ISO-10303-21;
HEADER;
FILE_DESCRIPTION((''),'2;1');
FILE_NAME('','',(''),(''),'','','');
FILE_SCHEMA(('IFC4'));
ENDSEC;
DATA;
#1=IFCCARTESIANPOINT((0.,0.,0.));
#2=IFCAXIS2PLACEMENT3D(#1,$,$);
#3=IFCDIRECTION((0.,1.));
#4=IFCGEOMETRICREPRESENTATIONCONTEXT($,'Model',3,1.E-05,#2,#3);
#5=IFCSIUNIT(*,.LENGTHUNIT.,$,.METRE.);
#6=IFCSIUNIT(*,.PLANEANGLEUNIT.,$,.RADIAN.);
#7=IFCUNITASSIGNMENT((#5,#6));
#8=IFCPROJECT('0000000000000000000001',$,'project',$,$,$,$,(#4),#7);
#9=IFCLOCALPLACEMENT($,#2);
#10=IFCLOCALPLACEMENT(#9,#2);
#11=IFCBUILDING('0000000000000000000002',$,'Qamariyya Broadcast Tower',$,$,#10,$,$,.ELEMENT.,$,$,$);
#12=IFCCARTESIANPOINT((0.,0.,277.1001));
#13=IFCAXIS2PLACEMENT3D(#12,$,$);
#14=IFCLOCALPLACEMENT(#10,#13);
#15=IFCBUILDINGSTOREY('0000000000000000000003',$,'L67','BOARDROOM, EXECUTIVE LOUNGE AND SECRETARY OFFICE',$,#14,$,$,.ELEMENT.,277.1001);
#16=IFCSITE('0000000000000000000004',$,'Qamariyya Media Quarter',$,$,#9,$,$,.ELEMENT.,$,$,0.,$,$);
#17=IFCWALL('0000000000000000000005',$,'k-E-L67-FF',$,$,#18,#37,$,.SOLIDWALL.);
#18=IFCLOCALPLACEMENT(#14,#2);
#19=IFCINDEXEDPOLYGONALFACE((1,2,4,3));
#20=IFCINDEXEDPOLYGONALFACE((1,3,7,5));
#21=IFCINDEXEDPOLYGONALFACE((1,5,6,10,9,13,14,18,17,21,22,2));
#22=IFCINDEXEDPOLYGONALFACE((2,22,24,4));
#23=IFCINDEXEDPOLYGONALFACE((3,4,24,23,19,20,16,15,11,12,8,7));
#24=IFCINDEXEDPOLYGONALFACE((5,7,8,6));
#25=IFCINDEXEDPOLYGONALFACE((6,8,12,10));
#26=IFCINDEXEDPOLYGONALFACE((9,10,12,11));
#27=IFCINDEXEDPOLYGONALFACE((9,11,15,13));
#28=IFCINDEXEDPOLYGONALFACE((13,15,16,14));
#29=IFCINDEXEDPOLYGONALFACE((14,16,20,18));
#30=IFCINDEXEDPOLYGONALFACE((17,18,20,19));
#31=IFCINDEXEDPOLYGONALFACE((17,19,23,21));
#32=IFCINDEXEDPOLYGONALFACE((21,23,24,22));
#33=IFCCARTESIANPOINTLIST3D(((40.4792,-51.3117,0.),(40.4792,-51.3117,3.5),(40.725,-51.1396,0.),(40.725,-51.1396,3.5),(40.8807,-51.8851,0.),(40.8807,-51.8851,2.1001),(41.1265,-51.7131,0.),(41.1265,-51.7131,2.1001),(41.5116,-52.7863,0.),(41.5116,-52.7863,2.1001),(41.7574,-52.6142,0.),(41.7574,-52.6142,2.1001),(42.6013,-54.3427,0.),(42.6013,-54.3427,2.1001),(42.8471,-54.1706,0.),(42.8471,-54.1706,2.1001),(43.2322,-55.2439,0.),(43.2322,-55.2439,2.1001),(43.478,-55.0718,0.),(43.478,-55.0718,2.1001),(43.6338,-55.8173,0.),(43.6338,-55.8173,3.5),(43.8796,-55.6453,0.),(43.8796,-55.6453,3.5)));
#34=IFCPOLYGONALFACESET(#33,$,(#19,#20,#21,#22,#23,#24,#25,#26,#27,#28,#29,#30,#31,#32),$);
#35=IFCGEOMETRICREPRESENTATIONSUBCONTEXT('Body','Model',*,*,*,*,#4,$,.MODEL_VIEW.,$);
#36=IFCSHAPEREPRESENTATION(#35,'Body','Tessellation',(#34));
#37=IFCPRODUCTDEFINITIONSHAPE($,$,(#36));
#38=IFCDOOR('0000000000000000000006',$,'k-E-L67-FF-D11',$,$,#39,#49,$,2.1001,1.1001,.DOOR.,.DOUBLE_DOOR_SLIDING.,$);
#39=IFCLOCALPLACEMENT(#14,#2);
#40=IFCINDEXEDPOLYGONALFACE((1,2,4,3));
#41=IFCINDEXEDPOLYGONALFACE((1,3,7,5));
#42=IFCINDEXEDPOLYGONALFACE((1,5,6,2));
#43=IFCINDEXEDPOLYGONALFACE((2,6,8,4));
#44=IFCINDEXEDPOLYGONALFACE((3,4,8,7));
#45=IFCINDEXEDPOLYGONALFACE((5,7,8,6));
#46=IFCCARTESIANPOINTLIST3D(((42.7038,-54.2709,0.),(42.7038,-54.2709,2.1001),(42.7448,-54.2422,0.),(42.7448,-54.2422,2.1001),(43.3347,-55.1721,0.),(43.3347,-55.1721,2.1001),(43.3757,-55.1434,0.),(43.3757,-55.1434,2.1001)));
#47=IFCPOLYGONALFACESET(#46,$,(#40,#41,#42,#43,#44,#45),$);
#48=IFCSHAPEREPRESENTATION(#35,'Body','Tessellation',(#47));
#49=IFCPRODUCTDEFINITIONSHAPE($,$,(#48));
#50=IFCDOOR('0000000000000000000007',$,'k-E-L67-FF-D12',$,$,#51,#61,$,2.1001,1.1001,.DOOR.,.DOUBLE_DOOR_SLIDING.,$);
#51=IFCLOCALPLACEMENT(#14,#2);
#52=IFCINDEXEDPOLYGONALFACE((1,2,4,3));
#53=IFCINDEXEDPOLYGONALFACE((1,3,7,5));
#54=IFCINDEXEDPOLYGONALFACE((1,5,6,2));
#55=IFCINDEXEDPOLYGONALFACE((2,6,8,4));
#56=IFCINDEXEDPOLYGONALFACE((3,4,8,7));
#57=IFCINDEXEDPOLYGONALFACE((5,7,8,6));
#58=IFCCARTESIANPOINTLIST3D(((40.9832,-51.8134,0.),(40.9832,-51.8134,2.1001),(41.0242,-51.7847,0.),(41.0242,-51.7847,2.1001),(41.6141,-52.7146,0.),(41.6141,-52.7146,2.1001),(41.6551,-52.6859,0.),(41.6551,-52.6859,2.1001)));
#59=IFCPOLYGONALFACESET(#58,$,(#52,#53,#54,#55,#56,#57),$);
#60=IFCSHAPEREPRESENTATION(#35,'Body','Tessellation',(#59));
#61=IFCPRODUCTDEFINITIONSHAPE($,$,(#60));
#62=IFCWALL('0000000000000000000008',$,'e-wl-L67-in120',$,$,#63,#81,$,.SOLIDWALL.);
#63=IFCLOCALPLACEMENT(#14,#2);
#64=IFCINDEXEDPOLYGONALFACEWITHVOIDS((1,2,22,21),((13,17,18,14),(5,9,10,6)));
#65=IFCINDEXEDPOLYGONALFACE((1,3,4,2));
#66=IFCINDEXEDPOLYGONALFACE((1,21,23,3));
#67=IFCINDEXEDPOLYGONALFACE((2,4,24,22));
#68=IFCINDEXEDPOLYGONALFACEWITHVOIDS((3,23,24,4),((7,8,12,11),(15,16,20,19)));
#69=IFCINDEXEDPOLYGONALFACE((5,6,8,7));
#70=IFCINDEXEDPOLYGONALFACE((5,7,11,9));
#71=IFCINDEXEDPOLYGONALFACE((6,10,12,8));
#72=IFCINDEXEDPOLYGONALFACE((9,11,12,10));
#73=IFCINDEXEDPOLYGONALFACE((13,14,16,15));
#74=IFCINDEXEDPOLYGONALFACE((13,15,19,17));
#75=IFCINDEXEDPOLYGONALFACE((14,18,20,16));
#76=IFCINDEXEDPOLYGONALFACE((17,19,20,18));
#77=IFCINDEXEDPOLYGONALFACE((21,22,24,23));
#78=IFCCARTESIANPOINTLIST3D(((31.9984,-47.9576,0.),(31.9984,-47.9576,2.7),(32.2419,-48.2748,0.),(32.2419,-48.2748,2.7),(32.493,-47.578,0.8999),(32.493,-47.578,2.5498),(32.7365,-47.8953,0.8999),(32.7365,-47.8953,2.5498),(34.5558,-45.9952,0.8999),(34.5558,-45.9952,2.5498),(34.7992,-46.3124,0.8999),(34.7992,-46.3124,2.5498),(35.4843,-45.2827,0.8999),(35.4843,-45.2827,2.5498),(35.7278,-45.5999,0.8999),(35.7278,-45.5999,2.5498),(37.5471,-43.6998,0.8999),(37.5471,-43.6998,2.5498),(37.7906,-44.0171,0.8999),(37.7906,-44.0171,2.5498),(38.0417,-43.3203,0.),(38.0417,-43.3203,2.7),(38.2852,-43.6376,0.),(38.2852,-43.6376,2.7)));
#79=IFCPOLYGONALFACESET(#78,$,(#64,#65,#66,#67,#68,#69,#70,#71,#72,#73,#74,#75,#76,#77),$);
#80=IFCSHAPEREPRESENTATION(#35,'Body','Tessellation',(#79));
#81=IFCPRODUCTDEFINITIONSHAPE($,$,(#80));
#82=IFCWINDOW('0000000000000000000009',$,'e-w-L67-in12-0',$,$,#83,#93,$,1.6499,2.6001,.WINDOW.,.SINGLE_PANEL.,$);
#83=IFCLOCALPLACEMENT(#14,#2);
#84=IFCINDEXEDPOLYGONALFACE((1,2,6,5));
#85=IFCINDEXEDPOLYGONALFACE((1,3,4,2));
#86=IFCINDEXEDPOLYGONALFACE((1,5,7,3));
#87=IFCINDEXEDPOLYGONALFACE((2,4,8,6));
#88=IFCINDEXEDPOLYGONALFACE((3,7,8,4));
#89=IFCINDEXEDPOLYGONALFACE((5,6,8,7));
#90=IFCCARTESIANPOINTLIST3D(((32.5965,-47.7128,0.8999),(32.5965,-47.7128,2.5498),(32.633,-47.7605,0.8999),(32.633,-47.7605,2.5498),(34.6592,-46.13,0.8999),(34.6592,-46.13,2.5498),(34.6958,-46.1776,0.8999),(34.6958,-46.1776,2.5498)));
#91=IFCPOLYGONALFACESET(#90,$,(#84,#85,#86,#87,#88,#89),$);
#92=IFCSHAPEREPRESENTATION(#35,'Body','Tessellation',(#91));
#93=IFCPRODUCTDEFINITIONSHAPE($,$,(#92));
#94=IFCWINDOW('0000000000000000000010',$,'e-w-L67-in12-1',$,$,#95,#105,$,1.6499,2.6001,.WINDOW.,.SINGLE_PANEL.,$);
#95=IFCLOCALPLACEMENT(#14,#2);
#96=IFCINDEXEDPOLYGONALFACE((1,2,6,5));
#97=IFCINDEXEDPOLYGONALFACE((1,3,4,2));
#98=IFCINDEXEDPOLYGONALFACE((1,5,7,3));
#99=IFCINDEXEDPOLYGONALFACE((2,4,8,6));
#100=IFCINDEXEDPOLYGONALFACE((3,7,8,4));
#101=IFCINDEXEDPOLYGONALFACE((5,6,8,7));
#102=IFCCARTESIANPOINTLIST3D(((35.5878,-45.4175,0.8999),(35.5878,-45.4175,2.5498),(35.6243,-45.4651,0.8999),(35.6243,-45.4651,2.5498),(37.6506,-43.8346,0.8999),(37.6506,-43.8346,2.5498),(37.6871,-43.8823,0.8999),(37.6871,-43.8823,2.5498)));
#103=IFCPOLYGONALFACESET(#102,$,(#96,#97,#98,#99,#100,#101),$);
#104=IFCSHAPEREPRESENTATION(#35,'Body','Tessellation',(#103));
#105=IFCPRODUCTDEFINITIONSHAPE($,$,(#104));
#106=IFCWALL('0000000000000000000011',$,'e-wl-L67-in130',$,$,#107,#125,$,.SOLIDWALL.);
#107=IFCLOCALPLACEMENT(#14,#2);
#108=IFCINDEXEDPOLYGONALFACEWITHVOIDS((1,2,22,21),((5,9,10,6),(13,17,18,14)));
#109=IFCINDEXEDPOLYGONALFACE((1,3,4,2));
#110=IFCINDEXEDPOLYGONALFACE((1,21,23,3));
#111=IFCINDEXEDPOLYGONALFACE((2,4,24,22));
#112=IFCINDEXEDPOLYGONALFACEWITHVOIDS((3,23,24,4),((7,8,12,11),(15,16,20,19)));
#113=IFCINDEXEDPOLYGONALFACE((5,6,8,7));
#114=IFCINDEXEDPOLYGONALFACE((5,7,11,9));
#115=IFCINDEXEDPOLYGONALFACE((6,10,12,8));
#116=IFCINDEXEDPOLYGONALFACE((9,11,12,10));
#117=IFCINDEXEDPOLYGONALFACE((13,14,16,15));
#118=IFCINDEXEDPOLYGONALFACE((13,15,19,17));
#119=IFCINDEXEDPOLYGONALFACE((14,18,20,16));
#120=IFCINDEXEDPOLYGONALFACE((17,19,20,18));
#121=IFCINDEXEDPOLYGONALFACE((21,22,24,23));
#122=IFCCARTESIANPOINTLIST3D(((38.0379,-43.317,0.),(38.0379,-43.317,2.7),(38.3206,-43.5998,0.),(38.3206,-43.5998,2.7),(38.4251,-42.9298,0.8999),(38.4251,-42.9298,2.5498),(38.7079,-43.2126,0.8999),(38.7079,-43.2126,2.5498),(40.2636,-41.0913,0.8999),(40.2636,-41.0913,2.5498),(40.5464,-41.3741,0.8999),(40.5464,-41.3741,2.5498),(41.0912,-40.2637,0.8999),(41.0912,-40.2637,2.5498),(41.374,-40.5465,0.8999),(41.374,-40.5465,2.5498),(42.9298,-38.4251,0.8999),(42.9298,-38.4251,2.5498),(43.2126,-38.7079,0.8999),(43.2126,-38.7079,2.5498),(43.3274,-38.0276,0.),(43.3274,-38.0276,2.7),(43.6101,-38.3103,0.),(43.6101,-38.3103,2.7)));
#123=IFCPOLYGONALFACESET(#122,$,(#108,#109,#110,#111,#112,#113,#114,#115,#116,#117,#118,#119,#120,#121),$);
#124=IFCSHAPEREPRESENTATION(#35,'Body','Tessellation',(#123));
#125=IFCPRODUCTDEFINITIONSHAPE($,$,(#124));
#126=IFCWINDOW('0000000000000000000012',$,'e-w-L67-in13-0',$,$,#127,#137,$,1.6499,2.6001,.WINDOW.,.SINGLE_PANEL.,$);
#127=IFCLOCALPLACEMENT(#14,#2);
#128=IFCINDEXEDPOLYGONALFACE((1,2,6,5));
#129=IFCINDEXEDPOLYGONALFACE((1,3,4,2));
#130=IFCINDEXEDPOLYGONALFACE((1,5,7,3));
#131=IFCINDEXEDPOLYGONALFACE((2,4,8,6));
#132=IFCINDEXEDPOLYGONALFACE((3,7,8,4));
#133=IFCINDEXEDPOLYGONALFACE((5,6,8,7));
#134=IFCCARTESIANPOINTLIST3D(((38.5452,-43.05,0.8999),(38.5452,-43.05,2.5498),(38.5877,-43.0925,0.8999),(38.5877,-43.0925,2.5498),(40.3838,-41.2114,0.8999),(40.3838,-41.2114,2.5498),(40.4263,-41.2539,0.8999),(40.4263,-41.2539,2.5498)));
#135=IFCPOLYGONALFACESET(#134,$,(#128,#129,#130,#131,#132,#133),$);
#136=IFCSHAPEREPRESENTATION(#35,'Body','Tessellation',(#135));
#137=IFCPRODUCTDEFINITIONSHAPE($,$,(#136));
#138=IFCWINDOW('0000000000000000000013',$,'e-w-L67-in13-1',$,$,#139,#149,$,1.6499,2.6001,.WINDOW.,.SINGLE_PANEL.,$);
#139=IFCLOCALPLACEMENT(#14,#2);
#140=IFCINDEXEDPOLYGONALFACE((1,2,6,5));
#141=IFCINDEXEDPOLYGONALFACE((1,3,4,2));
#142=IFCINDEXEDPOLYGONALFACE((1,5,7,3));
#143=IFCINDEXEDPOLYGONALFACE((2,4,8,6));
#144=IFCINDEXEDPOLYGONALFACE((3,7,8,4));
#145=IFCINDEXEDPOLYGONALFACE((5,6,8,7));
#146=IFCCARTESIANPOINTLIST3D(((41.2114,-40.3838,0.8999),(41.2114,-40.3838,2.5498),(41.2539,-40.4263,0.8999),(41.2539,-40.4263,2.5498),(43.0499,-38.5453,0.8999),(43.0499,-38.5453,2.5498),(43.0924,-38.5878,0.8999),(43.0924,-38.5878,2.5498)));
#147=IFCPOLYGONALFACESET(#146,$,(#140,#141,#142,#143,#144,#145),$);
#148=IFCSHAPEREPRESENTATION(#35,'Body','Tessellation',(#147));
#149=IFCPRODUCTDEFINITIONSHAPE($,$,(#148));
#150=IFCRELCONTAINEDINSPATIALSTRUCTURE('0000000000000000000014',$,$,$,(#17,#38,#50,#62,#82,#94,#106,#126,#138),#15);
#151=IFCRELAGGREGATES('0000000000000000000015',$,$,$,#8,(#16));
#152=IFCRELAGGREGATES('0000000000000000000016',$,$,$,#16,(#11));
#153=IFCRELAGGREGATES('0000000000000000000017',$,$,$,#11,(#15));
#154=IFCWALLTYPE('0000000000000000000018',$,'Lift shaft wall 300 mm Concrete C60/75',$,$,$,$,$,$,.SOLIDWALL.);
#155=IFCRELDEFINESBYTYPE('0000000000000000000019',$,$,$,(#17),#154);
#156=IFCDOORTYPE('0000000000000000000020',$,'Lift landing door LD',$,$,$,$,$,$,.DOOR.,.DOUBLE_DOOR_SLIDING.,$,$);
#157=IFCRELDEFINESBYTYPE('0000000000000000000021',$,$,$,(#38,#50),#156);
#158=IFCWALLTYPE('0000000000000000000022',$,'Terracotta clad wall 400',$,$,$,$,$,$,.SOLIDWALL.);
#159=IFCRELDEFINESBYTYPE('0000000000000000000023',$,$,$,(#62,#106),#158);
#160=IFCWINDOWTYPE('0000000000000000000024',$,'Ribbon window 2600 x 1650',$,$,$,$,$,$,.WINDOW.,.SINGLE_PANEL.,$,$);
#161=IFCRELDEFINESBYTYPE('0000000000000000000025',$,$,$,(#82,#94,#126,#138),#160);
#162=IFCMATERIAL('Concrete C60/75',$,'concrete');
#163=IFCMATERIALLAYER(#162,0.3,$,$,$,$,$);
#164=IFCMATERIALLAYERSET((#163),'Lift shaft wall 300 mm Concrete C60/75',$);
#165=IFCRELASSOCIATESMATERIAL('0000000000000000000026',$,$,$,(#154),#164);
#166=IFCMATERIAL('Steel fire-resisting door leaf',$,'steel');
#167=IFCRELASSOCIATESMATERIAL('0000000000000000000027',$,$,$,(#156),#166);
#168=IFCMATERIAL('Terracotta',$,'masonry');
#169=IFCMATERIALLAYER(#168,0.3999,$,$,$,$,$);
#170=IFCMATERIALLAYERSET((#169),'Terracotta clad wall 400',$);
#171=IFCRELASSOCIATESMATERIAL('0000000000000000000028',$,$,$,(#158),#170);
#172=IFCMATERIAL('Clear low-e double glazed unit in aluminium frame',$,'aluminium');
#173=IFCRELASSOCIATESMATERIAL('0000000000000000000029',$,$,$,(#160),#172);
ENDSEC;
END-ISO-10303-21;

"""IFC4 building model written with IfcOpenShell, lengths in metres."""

from ifc_helpers import new_model, si_unit, direction, frame, frame_2d, origin, place, context, subcontext, project, spatial, rectangle, extrude, material, layer, layer_set, type_object, element, fill, save


model = new_model("IFC4")

# Units and contexts
model_context = context("Model", 3, precision=1e-05, world=origin(), true_north=direction((0.0, 1.0)))
body_context = subcontext(model_context, "Body", "Model", "MODEL_VIEW")
ifc_project = project(units=[si_unit("LENGTHUNIT", "METRE"), si_unit("PLANEANGLEUNIT", "RADIAN")], contexts=[model_context])

# Site, building, storey
site_placement = place(None, origin())
site = spatial("IfcSite", under=ifc_project, at=site_placement, Name="Qamariyya Media Quarter", CompositionType="ELEMENT", RefElevation=0.0)
building_placement = place(site_placement, origin())
building = spatial("IfcBuilding", under=site, at=building_placement, Name="Qamariyya Broadcast Tower", CompositionType="ELEMENT")
storey_placement = place(building_placement, frame((0.0, 0.0, 277.1001)))
storey = spatial("IfcBuildingStorey", under=building, at=storey_placement, Name="L67", Description="BOARDROOM, EXECUTIVE LOUNGE AND SECRETARY OFFICE", CompositionType="ELEMENT", Elevation=277.1001)

# Shared definitions
ifc_material_1 = material(Name="Concrete C60/75", Category="concrete")

# Shared definitions
ifc_layer_1 = layer(ifc_material_1, 0.3)
ifc_layer_set_1 = layer_set([ifc_layer_1], Name="Lift shaft wall 300 mm Concrete C60/75")
wall_type_1 = type_object("IfcWallType", Name="Lift shaft wall 300 mm Concrete C60/75", PredefinedType="SOLIDWALL", material=ifc_layer_set_1)
ifc_material_2 = material(Name="Steel fire-resisting door leaf", Category="steel")

# Wall, openings, doors
wall_1_placement = place(storey_placement, frame((43.7566, -55.7312, 0.0), z_axis=(0.0, 0.0, 1.0), x_axis=(-0.573537, 0.81918, 0.0)))
wall_1 = element("IfcWall", 1, at=wall_1_placement, inside=storey, type_object=wall_type_1, Name="k-E-L67-FF", PredefinedType="SOLIDWALL", context=body_context, shape_type="SweptSolid", body=[
    extrude(rectangle(XDim=5.5002, YDim=0.3, at=frame_2d((2.75, 0.0))), origin(), (0.0, 0.0, 1.0), 3.5),
])
opening_1_placement = place(wall_1_placement, frame((0.7, 0.0, 0.0)))
opening_1 = element("IfcOpeningElement", 2, at=opening_1_placement, cuts=wall_1, PredefinedType="OPENING", context=body_context, shape_type="SweptSolid", body=[
    extrude(rectangle(XDim=1.1001, YDim=2.1001, at=frame_2d((0.55, 1.05))), frame((0.0, 0.1599, 0.0), z_axis=(0.0, -1.0, 0.0), x_axis=(1.0, 0.0, 0.0)), (0.0, 0.0, 1.0), 0.3201),
])
opening_2_placement = place(wall_1_placement, frame((3.7, 0.0, 0.0)))
opening_2 = element("IfcOpeningElement", 3, at=opening_2_placement, cuts=wall_1, PredefinedType="OPENING", context=body_context, shape_type="SweptSolid", body=[
    extrude(rectangle(XDim=1.1001, YDim=2.1001, at=frame_2d((0.55, 1.05))), frame((0.0, 0.1599, 0.0), z_axis=(0.0, -1.0, 0.0), x_axis=(1.0, 0.0, 0.0)), (0.0, 0.0, 1.0), 0.3201),
])
door_type_1 = type_object("IfcDoorType", Name="Lift landing door LD", OperationType="DOUBLE_DOOR_SLIDING", PredefinedType="DOOR", material=ifc_material_2)
door_1_placement = place(opening_1_placement, origin())
door_1 = element("IfcDoor", 4, at=door_1_placement, inside=storey, type_object=door_type_1, Name="k-E-L67-FF-D11", OperationType="DOUBLE_DOOR_SLIDING", OverallHeight=2.1001, OverallWidth=1.1001, PredefinedType="DOOR", context=body_context, shape_type="SweptSolid", body=[
    extrude(rectangle(XDim=1.1001, YDim=2.1001, at=frame_2d((0.55, 1.05))), frame((0.0, 0.0249, 0.0), z_axis=(0.0, -1.0, 0.0), x_axis=(1.0, 0.0, 0.0)), (0.0, 0.0, 1.0), 0.05),
])
fill(opening_1, door_1)
door_2_placement = place(opening_2_placement, origin())
door_2 = element("IfcDoor", 5, at=door_2_placement, inside=storey, type_object=door_type_1, Name="k-E-L67-FF-D12", OperationType="DOUBLE_DOOR_SLIDING", OverallHeight=2.1001, OverallWidth=1.1001, PredefinedType="DOOR", context=body_context, shape_type="SweptSolid", body=[
    extrude(rectangle(XDim=1.1001, YDim=2.1001, at=frame_2d((0.55, 1.05))), frame((0.0, 0.0249, 0.0), z_axis=(0.0, -1.0, 0.0), x_axis=(1.0, 0.0, 0.0)), (0.0, 0.0, 1.0), 0.05),
])
fill(opening_2, door_2)

# Walls, openings, windows
ifc_material_3 = material(Name="Terracotta", Category="masonry")
ifc_layer_2 = layer(ifc_material_3, 0.3999)
ifc_layer_set_2 = layer_set([ifc_layer_2], Name="Terracotta clad wall 400")
wall_type_2 = type_object("IfcWallType", Name="Terracotta clad wall 400", PredefinedType="SOLIDWALL", material=ifc_layer_set_2)
wall_2_placement = place(storey_placement, frame((38.1633, -43.479, 0.0), z_axis=(0.0, 0.0, 1.0), x_axis=(-0.793348, -0.608769, 0.0)))
wall_2 = element("IfcWall", 6, at=wall_2_placement, inside=storey, type_object=wall_type_2, Name="e-wl-L67-in120", PredefinedType="SOLIDWALL", context=body_context, shape_type="SweptSolid", body=[
    extrude(rectangle(XDim=7.6174, YDim=0.3999, at=frame_2d((3.8086, 0.0))), origin(), (0.0, 0.0, 1.0), 2.7),
])
opening_3_placement = place(wall_2_placement, frame((4.3938, 0.0, 0.8999)))
opening_3 = element("IfcOpeningElement", 7, at=opening_3_placement, cuts=wall_2, PredefinedType="OPENING", context=body_context, shape_type="SweptSolid", body=[
    extrude(rectangle(XDim=2.6001, YDim=1.6499, at=frame_2d((1.3, 0.825))), frame((0.0, 0.21, 0.0), z_axis=(0.0, -1.0, 0.0), x_axis=(1.0, 0.0, 0.0)), (0.0, 0.0, 1.0), 0.4199),
])
opening_4_placement = place(wall_2_placement, frame((0.6233, 0.0, 0.8999)))
opening_4 = element("IfcOpeningElement", 8, at=opening_4_placement, cuts=wall_2, PredefinedType="OPENING", context=body_context, shape_type="SweptSolid", body=[
    extrude(rectangle(XDim=2.6001, YDim=1.6499, at=frame_2d((1.3, 0.825))), frame((0.0, 0.21, 0.0), z_axis=(0.0, -1.0, 0.0), x_axis=(1.0, 0.0, 0.0)), (0.0, 0.0, 1.0), 0.4199),
])
ifc_material_4 = material(Name="Clear low-e double glazed unit in aluminium frame", Category="aluminium")
window_type = type_object("IfcWindowType", Name="Ribbon window 2600 x 1650", PartitioningType="SINGLE_PANEL", PredefinedType="WINDOW", material=ifc_material_4)
window_1_placement = place(opening_3_placement, origin())
window_1 = element("IfcWindow", 9, at=window_1_placement, inside=storey, type_object=window_type, Name="e-w-L67-in12-0", OverallHeight=1.6499, OverallWidth=2.6001, PartitioningType="SINGLE_PANEL", PredefinedType="WINDOW", context=body_context, shape_type="SweptSolid", body=[
    extrude(rectangle(XDim=2.6001, YDim=1.6499, at=frame_2d((1.3, 0.825))), frame((0.0, 0.03, 0.0), z_axis=(0.0, -1.0, 0.0), x_axis=(1.0, 0.0, 0.0)), (0.0, 0.0, 1.0), 0.0601),
])
fill(opening_3, window_1)
window_2_placement = place(opening_4_placement, origin())
window_2 = element("IfcWindow", 10, at=window_2_placement, inside=storey, type_object=window_type, Name="e-w-L67-in12-1", OverallHeight=1.6499, OverallWidth=2.6001, PartitioningType="SINGLE_PANEL", PredefinedType="WINDOW", context=body_context, shape_type="SweptSolid", body=[
    extrude(rectangle(XDim=2.6001, YDim=1.6499, at=frame_2d((1.3, 0.825))), frame((0.0, 0.03, 0.0), z_axis=(0.0, -1.0, 0.0), x_axis=(1.0, 0.0, 0.0)), (0.0, 0.0, 1.0), 0.0601),
])
fill(opening_4, window_2)
wall_3_placement = place(storey_placement, frame((43.4688, -38.1689, 0.0), z_axis=(0.0, 0.0, 1.0), x_axis=(-0.707107, -0.707107, 0.0)))
wall_3 = element("IfcWall", 11, at=wall_3_placement, inside=storey, type_object=wall_type_2, Name="e-wl-L67-in130", PredefinedType="SOLIDWALL", context=body_context, shape_type="SweptSolid", body=[
    extrude(rectangle(XDim=7.4805, YDim=0.3999, at=frame_2d((3.7402, 0.0))), origin(), (0.0, 0.0, 1.0), 2.7),
])
opening_5_placement = place(wall_3_placement, frame((4.3328, 0.0, 0.8999)))
opening_5 = element("IfcOpeningElement", 12, at=opening_5_placement, cuts=wall_3, PredefinedType="OPENING", context=body_context, shape_type="SweptSolid", body=[
    extrude(rectangle(XDim=2.6001, YDim=1.6499, at=frame_2d((1.3, 0.825))), frame((0.0, 0.21, 0.0), z_axis=(0.0, -1.0, 0.0), x_axis=(1.0, 0.0, 0.0)), (0.0, 0.0, 1.0), 0.4199),
])
opening_6_placement = place(wall_3_placement, frame((0.5623, 0.0, 0.8999)))
opening_6 = element("IfcOpeningElement", 13, at=opening_6_placement, cuts=wall_3, PredefinedType="OPENING", context=body_context, shape_type="SweptSolid", body=[
    extrude(rectangle(XDim=2.6001, YDim=1.6499, at=frame_2d((1.3, 0.825))), frame((0.0, 0.21, 0.0), z_axis=(0.0, -1.0, 0.0), x_axis=(1.0, 0.0, 0.0)), (0.0, 0.0, 1.0), 0.4199),
])
window_3_placement = place(opening_5_placement, origin())
window_3 = element("IfcWindow", 14, at=window_3_placement, inside=storey, type_object=window_type, Name="e-w-L67-in13-0", OverallHeight=1.6499, OverallWidth=2.6001, PartitioningType="SINGLE_PANEL", PredefinedType="WINDOW", context=body_context, shape_type="SweptSolid", body=[
    extrude(rectangle(XDim=2.6001, YDim=1.6499, at=frame_2d((1.3, 0.825))), frame((0.0, 0.03, 0.0), z_axis=(0.0, -1.0, 0.0), x_axis=(1.0, 0.0, 0.0)), (0.0, 0.0, 1.0), 0.0601),
])
fill(opening_5, window_3)
window_4_placement = place(opening_6_placement, origin())
window_4 = element("IfcWindow", 15, at=window_4_placement, inside=storey, type_object=window_type, Name="e-w-L67-in13-1", OverallHeight=1.6499, OverallWidth=2.6001, PartitioningType="SINGLE_PANEL", PredefinedType="WINDOW", context=body_context, shape_type="SweptSolid", body=[
    extrude(rectangle(XDim=2.6001, YDim=1.6499, at=frame_2d((1.3, 0.825))), frame((0.0, 0.03, 0.0), z_axis=(0.0, -1.0, 0.0), x_axis=(1.0, 0.0, 0.0)), (0.0, 0.0, 1.0), 0.0601),
])
fill(opening_6, window_4)

save(model, "model.ifc")
